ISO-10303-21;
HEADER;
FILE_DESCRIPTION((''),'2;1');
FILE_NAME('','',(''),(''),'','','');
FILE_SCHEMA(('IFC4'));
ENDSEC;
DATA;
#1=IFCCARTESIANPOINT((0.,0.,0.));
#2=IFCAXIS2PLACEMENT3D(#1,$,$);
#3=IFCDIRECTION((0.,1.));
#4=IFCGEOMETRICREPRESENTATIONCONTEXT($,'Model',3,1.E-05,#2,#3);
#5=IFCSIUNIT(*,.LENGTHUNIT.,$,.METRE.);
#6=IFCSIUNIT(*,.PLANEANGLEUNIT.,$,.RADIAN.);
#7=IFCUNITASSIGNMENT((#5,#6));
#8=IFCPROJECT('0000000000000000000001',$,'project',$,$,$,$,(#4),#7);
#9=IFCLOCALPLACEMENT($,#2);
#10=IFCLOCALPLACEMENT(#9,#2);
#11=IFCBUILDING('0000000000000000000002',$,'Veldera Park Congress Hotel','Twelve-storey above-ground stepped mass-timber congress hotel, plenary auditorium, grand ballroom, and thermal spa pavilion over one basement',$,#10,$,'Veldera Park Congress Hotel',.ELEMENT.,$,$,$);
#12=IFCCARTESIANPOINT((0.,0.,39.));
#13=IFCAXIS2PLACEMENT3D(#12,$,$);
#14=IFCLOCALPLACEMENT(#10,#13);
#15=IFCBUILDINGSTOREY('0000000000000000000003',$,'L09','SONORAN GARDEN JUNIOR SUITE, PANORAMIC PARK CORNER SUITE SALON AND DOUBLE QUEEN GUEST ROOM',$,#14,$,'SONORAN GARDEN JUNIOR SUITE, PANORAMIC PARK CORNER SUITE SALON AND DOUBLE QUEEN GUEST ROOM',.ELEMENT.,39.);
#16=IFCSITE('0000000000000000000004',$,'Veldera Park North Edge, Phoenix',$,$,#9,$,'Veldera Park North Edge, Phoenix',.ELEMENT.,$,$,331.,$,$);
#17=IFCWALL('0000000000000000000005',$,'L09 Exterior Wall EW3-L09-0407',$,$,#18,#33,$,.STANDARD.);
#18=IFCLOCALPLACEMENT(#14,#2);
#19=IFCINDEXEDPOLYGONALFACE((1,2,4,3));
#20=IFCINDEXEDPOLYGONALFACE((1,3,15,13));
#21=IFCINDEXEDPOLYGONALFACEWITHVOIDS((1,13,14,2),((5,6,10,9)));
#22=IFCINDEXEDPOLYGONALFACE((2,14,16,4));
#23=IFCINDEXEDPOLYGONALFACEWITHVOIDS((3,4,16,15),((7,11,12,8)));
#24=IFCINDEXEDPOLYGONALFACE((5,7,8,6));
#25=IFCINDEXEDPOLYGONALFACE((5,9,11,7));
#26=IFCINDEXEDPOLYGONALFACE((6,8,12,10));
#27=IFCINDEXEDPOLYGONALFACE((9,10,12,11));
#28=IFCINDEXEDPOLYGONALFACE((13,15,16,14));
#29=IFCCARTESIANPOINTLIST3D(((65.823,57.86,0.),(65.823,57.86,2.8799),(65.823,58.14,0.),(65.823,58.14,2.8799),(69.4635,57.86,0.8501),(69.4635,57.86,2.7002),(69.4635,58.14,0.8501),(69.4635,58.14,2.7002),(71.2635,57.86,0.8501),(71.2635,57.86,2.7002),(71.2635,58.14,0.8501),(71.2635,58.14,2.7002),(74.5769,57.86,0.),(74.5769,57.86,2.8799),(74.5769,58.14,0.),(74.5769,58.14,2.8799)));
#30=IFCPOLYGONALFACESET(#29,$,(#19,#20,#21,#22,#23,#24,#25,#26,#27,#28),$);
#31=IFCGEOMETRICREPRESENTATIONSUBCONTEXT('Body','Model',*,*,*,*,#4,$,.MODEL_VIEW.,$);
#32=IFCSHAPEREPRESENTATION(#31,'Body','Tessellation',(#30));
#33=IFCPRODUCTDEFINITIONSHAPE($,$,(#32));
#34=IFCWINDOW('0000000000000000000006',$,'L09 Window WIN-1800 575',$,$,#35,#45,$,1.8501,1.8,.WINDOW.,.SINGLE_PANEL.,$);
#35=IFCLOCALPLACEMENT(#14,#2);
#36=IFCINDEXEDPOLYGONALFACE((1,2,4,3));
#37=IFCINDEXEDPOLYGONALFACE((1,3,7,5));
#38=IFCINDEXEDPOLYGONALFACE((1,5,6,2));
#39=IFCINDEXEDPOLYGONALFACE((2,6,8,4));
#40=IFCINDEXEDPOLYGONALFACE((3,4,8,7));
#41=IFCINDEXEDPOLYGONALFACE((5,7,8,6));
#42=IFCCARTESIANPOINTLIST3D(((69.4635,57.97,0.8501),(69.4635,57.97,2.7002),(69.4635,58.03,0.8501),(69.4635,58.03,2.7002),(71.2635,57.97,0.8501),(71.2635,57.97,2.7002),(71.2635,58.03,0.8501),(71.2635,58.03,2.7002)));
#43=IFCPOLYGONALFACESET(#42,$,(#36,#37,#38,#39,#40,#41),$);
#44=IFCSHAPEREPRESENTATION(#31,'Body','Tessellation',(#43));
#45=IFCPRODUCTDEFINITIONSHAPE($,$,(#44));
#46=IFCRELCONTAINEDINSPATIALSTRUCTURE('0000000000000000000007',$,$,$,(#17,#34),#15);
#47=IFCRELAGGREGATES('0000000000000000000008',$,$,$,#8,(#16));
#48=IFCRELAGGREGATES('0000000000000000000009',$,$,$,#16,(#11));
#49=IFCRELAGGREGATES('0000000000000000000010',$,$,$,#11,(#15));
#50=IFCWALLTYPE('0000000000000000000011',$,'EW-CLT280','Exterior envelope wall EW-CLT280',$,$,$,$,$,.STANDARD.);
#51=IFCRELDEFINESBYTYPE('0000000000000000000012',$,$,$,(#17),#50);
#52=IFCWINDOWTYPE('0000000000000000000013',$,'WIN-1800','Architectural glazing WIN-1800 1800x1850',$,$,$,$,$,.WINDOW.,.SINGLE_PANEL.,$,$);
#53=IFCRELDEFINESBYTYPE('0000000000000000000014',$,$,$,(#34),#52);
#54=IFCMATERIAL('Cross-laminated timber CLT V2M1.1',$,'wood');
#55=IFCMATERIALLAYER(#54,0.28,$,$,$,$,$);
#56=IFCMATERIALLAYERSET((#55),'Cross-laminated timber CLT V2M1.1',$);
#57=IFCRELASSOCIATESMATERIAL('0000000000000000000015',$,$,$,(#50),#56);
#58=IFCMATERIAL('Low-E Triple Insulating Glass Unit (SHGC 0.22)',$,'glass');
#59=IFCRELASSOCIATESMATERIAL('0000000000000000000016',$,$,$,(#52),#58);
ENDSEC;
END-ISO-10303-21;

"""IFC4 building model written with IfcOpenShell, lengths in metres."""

from ifc_helpers import new_model, si_unit, direction, frame, frame_2d, origin, place, context, subcontext, project, spatial, rectangle, extrude, material, layer, layer_set, type_object, element, fill, save


model = new_model("IFC4")

# Units and contexts
model_context = context("Model", 3, precision=1e-05, world=origin(), true_north=direction((0.0, 1.0)))
body_context = subcontext(model_context, "Body", "Model", "MODEL_VIEW")
ifc_project = project(units=[si_unit("LENGTHUNIT", "METRE"), si_unit("PLANEANGLEUNIT", "RADIAN")], contexts=[model_context])

# Site, building, storey
site_placement = place(None, origin())
site = spatial("IfcSite", under=ifc_project, at=site_placement, Name="Veldera Park North Edge, Phoenix", LongName="Veldera Park North Edge, Phoenix", CompositionType="ELEMENT", RefElevation=331.0)
building_placement = place(site_placement, origin())
building = spatial("IfcBuilding", under=site, at=building_placement, Name="Veldera Park Congress Hotel", Description="Twelve-storey above-ground stepped mass-timber congress hotel, plenary auditorium, grand ballroom, and thermal spa pavilion over one basement", LongName="Veldera Park Congress Hotel", CompositionType="ELEMENT")
storey_placement = place(building_placement, frame((0.0, 0.0, 39.0)))
storey = spatial("IfcBuildingStorey", under=building, at=storey_placement, Name="L09", Description="SONORAN GARDEN JUNIOR SUITE, PANORAMIC PARK CORNER SUITE SALON AND DOUBLE QUEEN GUEST ROOM", LongName="SONORAN GARDEN JUNIOR SUITE, PANORAMIC PARK CORNER SUITE SALON AND DOUBLE QUEEN GUEST ROOM", CompositionType="ELEMENT", Elevation=39.0)

# Shared definitions
ifc_material_1 = material(Name="Low-E Triple Insulating Glass Unit (SHGC 0.22)", Category="glass")

# Wall, opening, window
ifc_material_2 = material(Name="Cross-laminated timber CLT V2M1.1", Category="wood")
ifc_layer_1 = layer(ifc_material_2, 0.28)
ifc_layer_set_1 = layer_set([ifc_layer_1], Name="Cross-laminated timber CLT V2M1.1")
wall_type = type_object("IfcWallType", Name="EW-CLT280", Description="Exterior envelope wall EW-CLT280", PredefinedType="STANDARD", material=ifc_layer_set_1)
wall_placement = place(storey_placement, frame((74.5769, 58.0, 0.0), z_axis=(0.0, 0.0, 1.0), x_axis=(-1.0, 0.0, 0.0)))
wall = element("IfcWall", 1, at=wall_placement, inside=storey, type_object=wall_type, Name="L09 Exterior Wall EW3-L09-0407", PredefinedType="STANDARD", context=body_context, shape_type="SweptSolid", body=[
    extrude(rectangle(XDim=8.7539, YDim=0.28, at=frame_2d((4.377, 0.0))), origin(), (0.0, 0.0, 1.0), 2.8799),
])
opening_placement = place(wall_placement, frame((3.3135, 0.0, 0.8501)))
opening = element("IfcOpeningElement", 2, at=opening_placement, cuts=wall, PredefinedType="OPENING", context=body_context, shape_type="SweptSolid", body=[
    extrude(rectangle(XDim=1.8, YDim=1.8501, at=frame_2d((0.8999, 0.925))), frame((0.0, 0.1521, 0.0), z_axis=(0.0, -1.0, 0.0), x_axis=(1.0, 0.0, 0.0)), (0.0, 0.0, 1.0), 0.304),
])
window_type = type_object("IfcWindowType", Name="WIN-1800", Description="Architectural glazing WIN-1800 1800x1850", PartitioningType="SINGLE_PANEL", PredefinedType="WINDOW", material=ifc_material_1)
window_placement = place(opening_placement, origin())
window = element("IfcWindow", 3, at=window_placement, inside=storey, type_object=window_type, Name="L09 Window WIN-1800 575", OverallHeight=1.8501, OverallWidth=1.8, PartitioningType="SINGLE_PANEL", PredefinedType="WINDOW", context=body_context, shape_type="SweptSolid", body=[
    extrude(rectangle(XDim=1.8, YDim=1.8501, at=frame_2d((0.8999, 0.925))), frame((0.0, 0.03, 0.0), z_axis=(0.0, -1.0, 0.0), x_axis=(1.0, 0.0, 0.0)), (0.0, 0.0, 1.0), 0.0601),
])
fill(opening, window)

save(model, "model.ifc")
